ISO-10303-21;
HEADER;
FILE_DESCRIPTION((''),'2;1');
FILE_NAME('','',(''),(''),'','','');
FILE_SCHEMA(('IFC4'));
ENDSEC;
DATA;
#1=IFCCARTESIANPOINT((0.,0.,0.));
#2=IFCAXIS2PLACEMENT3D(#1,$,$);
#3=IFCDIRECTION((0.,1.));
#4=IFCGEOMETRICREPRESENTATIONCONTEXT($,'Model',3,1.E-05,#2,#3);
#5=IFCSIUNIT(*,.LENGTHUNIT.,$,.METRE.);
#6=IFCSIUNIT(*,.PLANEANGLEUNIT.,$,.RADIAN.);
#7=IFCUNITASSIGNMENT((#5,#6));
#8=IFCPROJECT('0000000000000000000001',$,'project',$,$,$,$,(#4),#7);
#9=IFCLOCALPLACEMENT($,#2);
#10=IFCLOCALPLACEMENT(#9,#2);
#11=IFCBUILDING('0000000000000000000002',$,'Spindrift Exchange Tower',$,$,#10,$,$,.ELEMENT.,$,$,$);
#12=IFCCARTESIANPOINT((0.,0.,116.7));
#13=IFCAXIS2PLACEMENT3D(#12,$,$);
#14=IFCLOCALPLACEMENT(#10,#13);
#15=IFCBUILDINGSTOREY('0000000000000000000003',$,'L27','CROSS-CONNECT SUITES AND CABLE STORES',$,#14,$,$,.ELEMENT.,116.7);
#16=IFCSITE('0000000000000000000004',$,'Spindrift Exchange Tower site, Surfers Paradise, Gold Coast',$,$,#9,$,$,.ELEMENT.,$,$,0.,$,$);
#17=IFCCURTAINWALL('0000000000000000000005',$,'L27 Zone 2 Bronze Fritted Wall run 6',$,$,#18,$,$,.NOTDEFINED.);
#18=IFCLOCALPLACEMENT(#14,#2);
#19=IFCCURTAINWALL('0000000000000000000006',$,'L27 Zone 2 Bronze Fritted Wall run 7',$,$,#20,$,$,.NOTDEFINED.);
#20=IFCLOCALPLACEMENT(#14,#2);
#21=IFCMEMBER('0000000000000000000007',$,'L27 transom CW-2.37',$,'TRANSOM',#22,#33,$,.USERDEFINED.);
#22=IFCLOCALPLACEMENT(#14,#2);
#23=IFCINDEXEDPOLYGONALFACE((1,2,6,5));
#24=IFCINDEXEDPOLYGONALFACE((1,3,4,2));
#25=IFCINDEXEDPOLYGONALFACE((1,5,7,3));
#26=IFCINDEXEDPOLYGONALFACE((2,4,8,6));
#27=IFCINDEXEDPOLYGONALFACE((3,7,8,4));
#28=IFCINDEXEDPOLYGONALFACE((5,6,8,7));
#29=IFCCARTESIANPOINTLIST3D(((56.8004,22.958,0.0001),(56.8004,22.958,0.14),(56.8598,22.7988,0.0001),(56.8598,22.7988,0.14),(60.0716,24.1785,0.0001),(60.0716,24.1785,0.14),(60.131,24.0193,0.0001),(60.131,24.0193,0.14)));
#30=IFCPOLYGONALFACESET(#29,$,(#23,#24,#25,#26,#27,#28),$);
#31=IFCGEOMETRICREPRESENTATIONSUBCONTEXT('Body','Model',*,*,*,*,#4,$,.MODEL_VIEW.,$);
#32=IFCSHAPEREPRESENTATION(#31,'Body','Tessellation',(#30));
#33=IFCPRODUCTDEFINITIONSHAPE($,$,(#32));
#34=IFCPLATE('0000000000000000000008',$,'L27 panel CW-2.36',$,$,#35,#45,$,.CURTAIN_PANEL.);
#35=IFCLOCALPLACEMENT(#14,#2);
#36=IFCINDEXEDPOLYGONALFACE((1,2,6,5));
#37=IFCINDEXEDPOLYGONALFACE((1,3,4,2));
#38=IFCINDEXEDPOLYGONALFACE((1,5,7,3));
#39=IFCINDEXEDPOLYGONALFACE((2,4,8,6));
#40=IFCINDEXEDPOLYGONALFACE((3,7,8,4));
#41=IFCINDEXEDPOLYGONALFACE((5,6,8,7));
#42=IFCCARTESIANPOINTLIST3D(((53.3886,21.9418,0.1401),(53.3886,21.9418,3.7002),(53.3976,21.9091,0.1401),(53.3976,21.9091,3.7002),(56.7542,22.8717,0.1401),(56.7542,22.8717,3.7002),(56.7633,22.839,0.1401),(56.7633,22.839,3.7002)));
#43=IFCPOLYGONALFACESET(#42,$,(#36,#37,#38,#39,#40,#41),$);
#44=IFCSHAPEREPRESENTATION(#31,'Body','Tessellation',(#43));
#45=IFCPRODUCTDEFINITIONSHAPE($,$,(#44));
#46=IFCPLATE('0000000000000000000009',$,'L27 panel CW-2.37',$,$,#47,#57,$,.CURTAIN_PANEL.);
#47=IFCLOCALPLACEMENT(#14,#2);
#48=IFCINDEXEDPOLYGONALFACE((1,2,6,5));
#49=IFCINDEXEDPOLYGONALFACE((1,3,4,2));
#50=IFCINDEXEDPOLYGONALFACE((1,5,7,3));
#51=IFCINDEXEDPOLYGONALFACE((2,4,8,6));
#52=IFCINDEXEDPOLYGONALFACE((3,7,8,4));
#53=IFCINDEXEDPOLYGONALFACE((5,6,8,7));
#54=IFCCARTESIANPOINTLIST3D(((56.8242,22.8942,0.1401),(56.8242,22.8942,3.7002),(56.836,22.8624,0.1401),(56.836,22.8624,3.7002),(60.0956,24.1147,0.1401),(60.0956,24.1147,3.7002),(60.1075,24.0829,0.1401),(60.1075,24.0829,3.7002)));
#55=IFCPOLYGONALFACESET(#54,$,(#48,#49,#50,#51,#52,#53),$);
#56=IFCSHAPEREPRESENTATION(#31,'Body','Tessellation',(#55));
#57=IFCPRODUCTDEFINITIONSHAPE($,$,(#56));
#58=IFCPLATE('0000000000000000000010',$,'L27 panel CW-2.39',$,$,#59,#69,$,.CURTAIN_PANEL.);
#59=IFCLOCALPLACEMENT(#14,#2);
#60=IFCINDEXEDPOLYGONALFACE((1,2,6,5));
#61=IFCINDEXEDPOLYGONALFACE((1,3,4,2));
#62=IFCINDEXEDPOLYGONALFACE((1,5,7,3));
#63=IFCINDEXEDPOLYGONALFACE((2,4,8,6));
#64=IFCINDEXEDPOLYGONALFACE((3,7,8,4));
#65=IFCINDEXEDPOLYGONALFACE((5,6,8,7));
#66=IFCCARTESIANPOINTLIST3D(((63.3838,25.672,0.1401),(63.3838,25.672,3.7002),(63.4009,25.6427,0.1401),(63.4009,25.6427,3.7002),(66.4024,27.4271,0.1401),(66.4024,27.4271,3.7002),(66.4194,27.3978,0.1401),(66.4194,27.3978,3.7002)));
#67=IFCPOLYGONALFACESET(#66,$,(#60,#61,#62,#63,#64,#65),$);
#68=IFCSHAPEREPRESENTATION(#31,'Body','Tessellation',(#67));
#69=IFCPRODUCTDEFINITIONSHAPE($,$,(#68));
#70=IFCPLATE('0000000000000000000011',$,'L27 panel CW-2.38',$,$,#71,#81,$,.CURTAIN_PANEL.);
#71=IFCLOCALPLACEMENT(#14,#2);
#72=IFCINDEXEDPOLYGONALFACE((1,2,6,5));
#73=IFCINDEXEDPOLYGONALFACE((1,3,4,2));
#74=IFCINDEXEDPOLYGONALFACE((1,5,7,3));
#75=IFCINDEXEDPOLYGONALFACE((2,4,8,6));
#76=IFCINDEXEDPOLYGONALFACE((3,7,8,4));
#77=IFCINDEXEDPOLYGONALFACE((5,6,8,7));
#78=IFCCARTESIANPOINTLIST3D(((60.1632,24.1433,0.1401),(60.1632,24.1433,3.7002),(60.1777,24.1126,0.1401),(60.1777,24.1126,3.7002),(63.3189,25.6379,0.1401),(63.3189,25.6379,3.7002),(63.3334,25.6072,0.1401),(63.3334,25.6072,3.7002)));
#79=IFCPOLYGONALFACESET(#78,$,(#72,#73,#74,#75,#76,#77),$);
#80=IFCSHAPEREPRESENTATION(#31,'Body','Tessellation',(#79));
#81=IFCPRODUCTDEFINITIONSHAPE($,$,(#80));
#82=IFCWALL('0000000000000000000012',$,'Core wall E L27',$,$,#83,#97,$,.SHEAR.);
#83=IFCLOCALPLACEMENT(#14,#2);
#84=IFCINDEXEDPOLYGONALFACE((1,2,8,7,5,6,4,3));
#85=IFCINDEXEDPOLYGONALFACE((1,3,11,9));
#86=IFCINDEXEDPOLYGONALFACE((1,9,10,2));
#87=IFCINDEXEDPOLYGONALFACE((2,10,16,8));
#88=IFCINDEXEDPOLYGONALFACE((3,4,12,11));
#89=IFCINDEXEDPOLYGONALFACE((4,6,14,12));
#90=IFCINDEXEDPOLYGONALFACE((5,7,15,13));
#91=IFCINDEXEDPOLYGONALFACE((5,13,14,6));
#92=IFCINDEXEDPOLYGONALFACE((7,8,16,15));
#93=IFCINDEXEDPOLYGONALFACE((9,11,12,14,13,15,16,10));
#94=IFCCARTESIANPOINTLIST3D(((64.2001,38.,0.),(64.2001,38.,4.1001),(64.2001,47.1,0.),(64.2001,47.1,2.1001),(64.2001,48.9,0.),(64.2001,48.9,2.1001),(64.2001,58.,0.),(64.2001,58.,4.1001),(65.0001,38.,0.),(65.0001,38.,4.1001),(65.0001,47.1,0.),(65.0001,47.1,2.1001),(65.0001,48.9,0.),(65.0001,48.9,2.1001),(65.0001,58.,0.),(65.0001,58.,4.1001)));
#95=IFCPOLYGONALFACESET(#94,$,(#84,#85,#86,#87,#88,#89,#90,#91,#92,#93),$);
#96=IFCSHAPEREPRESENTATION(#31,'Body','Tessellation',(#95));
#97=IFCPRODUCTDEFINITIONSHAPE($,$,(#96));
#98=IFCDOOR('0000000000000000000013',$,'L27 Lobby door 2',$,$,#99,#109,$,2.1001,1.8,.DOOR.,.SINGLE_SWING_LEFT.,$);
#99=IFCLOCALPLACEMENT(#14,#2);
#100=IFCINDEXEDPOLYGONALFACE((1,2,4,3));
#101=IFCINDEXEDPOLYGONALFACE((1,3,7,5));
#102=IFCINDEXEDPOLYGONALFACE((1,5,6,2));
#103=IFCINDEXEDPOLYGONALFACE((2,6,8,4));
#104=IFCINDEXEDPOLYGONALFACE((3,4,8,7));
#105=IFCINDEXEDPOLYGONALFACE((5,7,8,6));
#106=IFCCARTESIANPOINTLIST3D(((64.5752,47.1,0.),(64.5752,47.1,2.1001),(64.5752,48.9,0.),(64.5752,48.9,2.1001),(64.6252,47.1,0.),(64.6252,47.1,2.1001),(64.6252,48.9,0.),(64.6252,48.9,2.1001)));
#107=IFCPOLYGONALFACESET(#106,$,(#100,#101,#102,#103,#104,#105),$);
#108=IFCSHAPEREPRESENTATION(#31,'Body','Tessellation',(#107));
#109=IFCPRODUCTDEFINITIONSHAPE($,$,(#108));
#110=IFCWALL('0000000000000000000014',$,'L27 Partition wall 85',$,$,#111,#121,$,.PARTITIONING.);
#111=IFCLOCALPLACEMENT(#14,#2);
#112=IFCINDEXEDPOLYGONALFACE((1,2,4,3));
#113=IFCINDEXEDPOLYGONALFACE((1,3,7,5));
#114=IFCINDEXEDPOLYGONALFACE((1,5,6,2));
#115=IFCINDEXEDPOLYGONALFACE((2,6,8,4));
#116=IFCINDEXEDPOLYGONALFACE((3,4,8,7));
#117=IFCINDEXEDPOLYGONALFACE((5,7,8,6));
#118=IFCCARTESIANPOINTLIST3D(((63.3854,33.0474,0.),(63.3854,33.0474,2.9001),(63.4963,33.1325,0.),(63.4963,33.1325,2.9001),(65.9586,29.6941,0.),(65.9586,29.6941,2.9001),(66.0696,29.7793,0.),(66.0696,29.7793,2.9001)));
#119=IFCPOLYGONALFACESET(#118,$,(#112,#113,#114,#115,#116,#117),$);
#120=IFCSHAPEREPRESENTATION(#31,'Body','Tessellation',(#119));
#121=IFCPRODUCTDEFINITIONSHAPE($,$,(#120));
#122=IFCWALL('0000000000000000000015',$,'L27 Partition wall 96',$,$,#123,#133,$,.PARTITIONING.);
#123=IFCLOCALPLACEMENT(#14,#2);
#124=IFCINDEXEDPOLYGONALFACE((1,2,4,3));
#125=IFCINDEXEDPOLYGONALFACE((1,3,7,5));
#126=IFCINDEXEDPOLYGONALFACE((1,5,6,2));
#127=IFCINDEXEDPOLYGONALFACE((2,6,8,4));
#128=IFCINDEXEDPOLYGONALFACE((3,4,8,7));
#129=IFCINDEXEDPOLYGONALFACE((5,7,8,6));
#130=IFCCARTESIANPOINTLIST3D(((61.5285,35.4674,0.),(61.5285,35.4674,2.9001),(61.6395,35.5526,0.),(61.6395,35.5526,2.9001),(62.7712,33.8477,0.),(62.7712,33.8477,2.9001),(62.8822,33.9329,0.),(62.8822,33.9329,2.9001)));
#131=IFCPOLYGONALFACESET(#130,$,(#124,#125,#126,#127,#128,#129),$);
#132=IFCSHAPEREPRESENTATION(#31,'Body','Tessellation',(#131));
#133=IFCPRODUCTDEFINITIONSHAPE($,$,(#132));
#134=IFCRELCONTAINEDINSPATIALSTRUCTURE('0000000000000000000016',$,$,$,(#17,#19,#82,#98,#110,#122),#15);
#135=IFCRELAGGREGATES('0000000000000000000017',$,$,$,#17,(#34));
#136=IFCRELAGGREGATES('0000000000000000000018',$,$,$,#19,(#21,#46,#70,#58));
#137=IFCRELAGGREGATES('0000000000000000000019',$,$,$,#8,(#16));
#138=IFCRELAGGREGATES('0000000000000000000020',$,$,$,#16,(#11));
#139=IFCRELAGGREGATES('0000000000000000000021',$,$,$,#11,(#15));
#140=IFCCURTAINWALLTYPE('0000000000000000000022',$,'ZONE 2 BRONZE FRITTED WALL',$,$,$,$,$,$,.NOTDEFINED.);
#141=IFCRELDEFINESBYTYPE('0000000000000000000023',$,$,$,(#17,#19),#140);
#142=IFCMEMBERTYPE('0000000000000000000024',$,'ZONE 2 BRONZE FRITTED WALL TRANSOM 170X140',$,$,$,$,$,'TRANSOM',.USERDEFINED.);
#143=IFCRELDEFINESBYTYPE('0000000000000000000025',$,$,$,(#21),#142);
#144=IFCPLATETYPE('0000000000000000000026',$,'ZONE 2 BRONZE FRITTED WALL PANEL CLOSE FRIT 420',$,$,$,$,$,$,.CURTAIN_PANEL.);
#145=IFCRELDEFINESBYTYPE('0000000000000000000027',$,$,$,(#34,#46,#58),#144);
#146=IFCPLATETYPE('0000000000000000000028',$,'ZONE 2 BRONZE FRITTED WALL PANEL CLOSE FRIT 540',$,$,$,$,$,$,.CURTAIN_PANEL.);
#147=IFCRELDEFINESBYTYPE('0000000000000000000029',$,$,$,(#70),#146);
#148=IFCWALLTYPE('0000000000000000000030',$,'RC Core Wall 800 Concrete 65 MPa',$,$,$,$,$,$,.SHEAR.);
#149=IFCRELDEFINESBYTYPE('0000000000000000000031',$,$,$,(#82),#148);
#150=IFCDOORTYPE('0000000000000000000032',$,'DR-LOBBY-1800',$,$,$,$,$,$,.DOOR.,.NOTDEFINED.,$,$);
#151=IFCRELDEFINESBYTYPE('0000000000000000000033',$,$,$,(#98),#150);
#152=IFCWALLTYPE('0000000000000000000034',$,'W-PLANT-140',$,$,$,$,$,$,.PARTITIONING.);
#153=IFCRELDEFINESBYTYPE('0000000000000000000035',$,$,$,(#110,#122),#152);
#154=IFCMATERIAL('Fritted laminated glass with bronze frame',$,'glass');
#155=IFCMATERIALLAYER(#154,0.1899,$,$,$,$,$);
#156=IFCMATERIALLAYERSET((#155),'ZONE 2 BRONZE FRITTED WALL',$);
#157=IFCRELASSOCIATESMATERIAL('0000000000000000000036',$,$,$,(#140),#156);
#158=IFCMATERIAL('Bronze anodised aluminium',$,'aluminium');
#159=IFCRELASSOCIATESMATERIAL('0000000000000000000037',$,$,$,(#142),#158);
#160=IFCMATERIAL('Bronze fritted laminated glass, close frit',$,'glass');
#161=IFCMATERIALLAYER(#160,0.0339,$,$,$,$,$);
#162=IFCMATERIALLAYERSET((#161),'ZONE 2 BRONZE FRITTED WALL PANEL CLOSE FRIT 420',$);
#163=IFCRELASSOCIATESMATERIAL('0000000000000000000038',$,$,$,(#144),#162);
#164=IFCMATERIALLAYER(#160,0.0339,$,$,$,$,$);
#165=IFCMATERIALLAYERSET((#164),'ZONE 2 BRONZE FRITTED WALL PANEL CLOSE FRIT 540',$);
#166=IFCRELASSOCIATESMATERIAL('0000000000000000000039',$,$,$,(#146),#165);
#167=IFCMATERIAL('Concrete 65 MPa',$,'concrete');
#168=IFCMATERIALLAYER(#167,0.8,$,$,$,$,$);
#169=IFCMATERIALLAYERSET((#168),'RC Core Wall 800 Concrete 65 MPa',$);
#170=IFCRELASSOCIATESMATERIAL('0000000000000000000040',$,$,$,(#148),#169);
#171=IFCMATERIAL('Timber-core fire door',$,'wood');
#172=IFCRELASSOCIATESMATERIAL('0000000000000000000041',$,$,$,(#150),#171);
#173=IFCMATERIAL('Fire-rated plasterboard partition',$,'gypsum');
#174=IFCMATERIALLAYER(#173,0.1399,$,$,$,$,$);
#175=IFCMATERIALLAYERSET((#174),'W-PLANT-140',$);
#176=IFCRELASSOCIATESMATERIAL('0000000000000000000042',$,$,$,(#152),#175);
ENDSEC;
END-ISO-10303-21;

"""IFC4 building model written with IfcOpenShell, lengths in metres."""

from ifc_helpers import new_model, si_unit, direction, frame, frame_2d, origin, origin_2d, place, context, subcontext, project, spatial, rectangle, extrude, source, transform, mapped, material, layer, layer_set, material_profile, profile_set, type_object, element, fill, aggregate, save


model = new_model("IFC4")

# Units and contexts
model_context = context("Model", 3, precision=1e-05, world=origin(), true_north=direction((0.0, 1.0)))
body_context = subcontext(model_context, "Body", "Model", "MODEL_VIEW")
ifc_project = project(units=[si_unit("LENGTHUNIT", "METRE"), si_unit("PLANEANGLEUNIT", "RADIAN")], contexts=[model_context])

# Site, building, storey
site_placement = place(None, origin())
site = spatial("IfcSite", under=ifc_project, at=site_placement, Name="Spindrift Exchange Tower site, Surfers Paradise, Gold Coast", CompositionType="ELEMENT", RefElevation=0.0)
building_placement = place(site_placement, origin())
building = spatial("IfcBuilding", under=site, at=building_placement, Name="Spindrift Exchange Tower", CompositionType="ELEMENT")
storey_placement = place(building_placement, frame((0.0, 0.0, 116.7)))
storey = spatial("IfcBuildingStorey", under=building, at=storey_placement, Name="L27", Description="CROSS-CONNECT SUITES AND CABLE STORES", CompositionType="ELEMENT", Elevation=116.7)

# Shared definitions
ifc_material_1 = material(Name="Concrete 65 MPa", Category="concrete")

# Curtain wall
ifc_material_2 = material(Name="Fritted laminated glass with bronze frame", Category="glass")
ifc_layer_1 = layer(ifc_material_2, 0.1899)
ifc_layer_set_1 = layer_set([ifc_layer_1], Name="ZONE 2 BRONZE FRITTED WALL")
curtain_wall_type = type_object("IfcCurtainWallType", Name="ZONE 2 BRONZE FRITTED WALL", PredefinedType="NOTDEFINED", material=ifc_layer_set_1)
curtain_wall_1_placement = place(storey_placement, origin())
curtain_wall_1 = element("IfcCurtainWall", 1, at=curtain_wall_1_placement, inside=storey, type_object=curtain_wall_type, Name="L27 Zone 2 Bronze Fritted Wall run 6", PredefinedType="NOTDEFINED")
ifc_material_3 = material(Name="Bronze anodised aluminium", Category="aluminium")

# Curtain wall
curtain_wall_2_placement = place(storey_placement, origin())
curtain_wall_2 = element("IfcCurtainWall", 2, at=curtain_wall_2_placement, inside=storey, type_object=curtain_wall_type, Name="L27 Zone 2 Bronze Fritted Wall run 7", PredefinedType="NOTDEFINED")

# Member
ifc_material_profile_1 = material_profile(ifc_material_3, rectangle(XDim=0.1699, YDim=0.1399, at=origin_2d()), Name="ZONE 2 BRONZE FRITTED WALL TRANSOM 170X140")
ifc_profile_set_1 = profile_set([ifc_material_profile_1], Name="Bronze anodised aluminium")
member_type_1 = type_object("IfcMemberType", Name="ZONE 2 BRONZE FRITTED WALL TRANSOM 170X140", ElementType="TRANSOM", PredefinedType="USERDEFINED", material=ifc_profile_set_1)
shared_shape_1 = source(origin(), body_context, "Body", "SweptSolid", [
    extrude(rectangle(XDim=0.1699, YDim=0.1399, at=origin_2d()), origin(), (0.0, 0.0, 1.0), 3.4915),
])
member_1_placement = place(storey_placement, frame((56.8301, 22.8784, 0.0701), z_axis=(0.936917, 0.349552, 0.0), x_axis=(-0.349552, 0.936917, 0.0)))
member_1 = element("IfcMember", 3, at=member_1_placement, type_object=member_type_1, Name="L27 transom CW-2.37", ObjectType="TRANSOM", PredefinedType="USERDEFINED", context=body_context, shape_type="MappedRepresentation", body=[
    mapped(shared_shape_1, transform((0.0, 0.0, 0.0), scale=1.0)),
])

# Plates
ifc_material_4 = material(Name="Bronze fritted laminated glass, close frit", Category="glass")
ifc_layer_2 = layer(ifc_material_4, 0.0339)
ifc_layer_set_2 = layer_set([ifc_layer_2], Name="ZONE 2 BRONZE FRITTED WALL PANEL CLOSE FRIT 420")
plate_type_1 = type_object("IfcPlateType", Name="ZONE 2 BRONZE FRITTED WALL PANEL CLOSE FRIT 420", PredefinedType="CURTAIN_PANEL", material=ifc_layer_set_2)
shared_shape_2 = source(origin(), body_context, "Body", "SweptSolid", [
    extrude(rectangle(XDim=3.4917, YDim=0.0339, at=origin_2d()), origin(), (0.0, 0.0, 1.0), 3.5601),
])
plate_1_placement = place(storey_placement, frame((55.0759, 22.3904, 0.1401), z_axis=(0.0, 0.0, 1.0), x_axis=(0.963889, 0.266305, 0.0)))
plate_1 = element("IfcPlate", 4, at=plate_1_placement, type_object=plate_type_1, Name="L27 panel CW-2.36", PredefinedType="CURTAIN_PANEL", context=body_context, shape_type="MappedRepresentation", body=[
    mapped(shared_shape_2, transform((0.0, 0.0, 0.0), scale=1.0)),
])
aggregate(curtain_wall_1, [plate_1])
plate_2_placement = place(storey_placement, frame((58.4658, 23.4885, 0.1401), z_axis=(0.0, 0.0, 1.0), x_axis=(0.936918, 0.34955, 0.0)))
plate_2 = element("IfcPlate", 5, at=plate_2_placement, type_object=plate_type_1, Name="L27 panel CW-2.37", PredefinedType="CURTAIN_PANEL", context=body_context, shape_type="MappedRepresentation", body=[
    mapped(shared_shape_2, transform((0.0, 0.0, 0.0), scale=1.0)),
])
plate_3_placement = place(storey_placement, frame((64.9016, 26.5349, 0.1401), z_axis=(0.0, 0.0, 1.0), x_axis=(0.864492, 0.502647, 0.0)))
plate_3 = element("IfcPlate", 6, at=plate_3_placement, type_object=plate_type_1, Name="L27 panel CW-2.39", PredefinedType="CURTAIN_PANEL", context=body_context, shape_type="MappedRepresentation", body=[
    mapped(shared_shape_2, transform((0.0, 0.0, 0.0), scale=1.0)),
])
ifc_layer_3 = layer(ifc_material_4, 0.0339)
ifc_layer_set_3 = layer_set([ifc_layer_3], Name="ZONE 2 BRONZE FRITTED WALL PANEL CLOSE FRIT 540")
plate_type_2 = type_object("IfcPlateType", Name="ZONE 2 BRONZE FRITTED WALL PANEL CLOSE FRIT 540", PredefinedType="CURTAIN_PANEL", material=ifc_layer_set_3)
shared_shape_3 = source(origin(), body_context, "Body", "SweptSolid", [
    extrude(rectangle(XDim=3.4917, YDim=0.0339, at=origin_2d()), origin(), (0.0, 0.0, 1.0), 3.5601),
])
plate_4_placement = place(storey_placement, frame((61.7483, 24.8752, 0.1401), z_axis=(0.0, 0.0, 1.0), x_axis=(0.903756, 0.428047, 0.0)))
plate_4 = element("IfcPlate", 7, at=plate_4_placement, type_object=plate_type_2, Name="L27 panel CW-2.38", PredefinedType="CURTAIN_PANEL", context=body_context, shape_type="MappedRepresentation", body=[
    mapped(shared_shape_3, transform((0.0, 0.0, 0.0), scale=1.0)),
])
aggregate(curtain_wall_2, [member_1, plate_2, plate_4, plate_3])

# Wall, opening, door
ifc_layer_4 = layer(ifc_material_1, 0.8)
ifc_layer_set_4 = layer_set([ifc_layer_4], Name="RC Core Wall 800 Concrete 65 MPa")
wall_type_1 = type_object("IfcWallType", Name="RC Core Wall 800 Concrete 65 MPa", PredefinedType="SHEAR", material=ifc_layer_set_4)
wall_1_placement = place(storey_placement, frame((64.6001, 38.0, 0.0), z_axis=(0.0, 0.0, 1.0), x_axis=(0.0, 1.0, 0.0)))
wall_1 = element("IfcWall", 8, at=wall_1_placement, inside=storey, type_object=wall_type_1, Name="Core wall E L27", PredefinedType="SHEAR", context=body_context, shape_type="SweptSolid", body=[
    extrude(rectangle(XDim=20.0, YDim=0.8, at=frame_2d((10.0, 0.0))), origin(), (0.0, 0.0, 1.0), 4.1001),
])
opening_placement = place(wall_1_placement, frame((9.1001, 0.0, 0.0)))
opening = element("IfcOpeningElement", 9, at=opening_placement, cuts=wall_1, PredefinedType="OPENING", context=body_context, shape_type="SweptSolid", body=[
    extrude(rectangle(XDim=1.8, YDim=2.1001, at=frame_2d((0.8999, 1.05))), frame((0.0, 0.4099, 0.0), z_axis=(0.0, -1.0, 0.0), x_axis=(1.0, 0.0, 0.0)), (0.0, 0.0, 1.0), 0.8201),
])
ifc_material_5 = material(Name="Timber-core fire door", Category="wood")
door_type = type_object("IfcDoorType", Name="DR-LOBBY-1800", OperationType="NOTDEFINED", PredefinedType="DOOR", material=ifc_material_5)
shared_shape_4 = source(origin(), body_context, "Body", "SweptSolid", [
    extrude(rectangle(XDim=1.8, YDim=2.1001, at=frame_2d((0.8999, 1.05))), frame((0.0, 0.0249, 0.0), z_axis=(0.0, -1.0, 0.0), x_axis=(1.0, 0.0, 0.0)), (0.0, 0.0, 1.0), 0.05),
])
door_placement = place(opening_placement, origin())
door = element("IfcDoor", 10, at=door_placement, inside=storey, type_object=door_type, Name="L27 Lobby door 2", OperationType="SINGLE_SWING_LEFT", OverallHeight=2.1001, OverallWidth=1.8, PredefinedType="DOOR", context=body_context, shape_type="MappedRepresentation", body=[
    mapped(shared_shape_4, transform((0.0, 0.0, 0.0), scale=1.0)),
])
fill(opening, door)

# Walls
ifc_material_6 = material(Name="Fire-rated plasterboard partition", Category="gypsum")
ifc_layer_5 = layer(ifc_material_6, 0.1399)
ifc_layer_set_5 = layer_set([ifc_layer_5], Name="W-PLANT-140")
wall_type_2 = type_object("IfcWallType", Name="W-PLANT-140", PredefinedType="PARTITIONING", material=ifc_layer_set_5)
wall_2_placement = place(storey_placement, frame((63.4409, 33.0898, 0.0), z_axis=(0.0, 0.0, 1.0), x_axis=(0.608789, -0.793332, 0.0)))
element("IfcWall", 11, at=wall_2_placement, inside=storey, type_object=wall_type_2, Name="L27 Partition wall 85", PredefinedType="PARTITIONING", context=body_context, shape_type="SweptSolid", body=[
    extrude(rectangle(XDim=4.2268, YDim=0.1399, at=frame_2d((2.1133, 0.0))), origin(), (0.0, 0.0, 1.0), 2.9001),
])
wall_3_placement = place(storey_placement, frame((61.584, 35.51, 0.0), z_axis=(0.0, 0.0, 1.0), x_axis=(0.608728, -0.793379, 0.0)))
element("IfcWall", 12, at=wall_3_placement, inside=storey, type_object=wall_type_2, Name="L27 Partition wall 96", PredefinedType="PARTITIONING", context=body_context, shape_type="SweptSolid", body=[
    extrude(rectangle(XDim=2.0415, YDim=0.1399, at=frame_2d((1.0208, 0.0))), origin(), (0.0, 0.0, 1.0), 2.9001),
])

save(model, "model.ifc")
